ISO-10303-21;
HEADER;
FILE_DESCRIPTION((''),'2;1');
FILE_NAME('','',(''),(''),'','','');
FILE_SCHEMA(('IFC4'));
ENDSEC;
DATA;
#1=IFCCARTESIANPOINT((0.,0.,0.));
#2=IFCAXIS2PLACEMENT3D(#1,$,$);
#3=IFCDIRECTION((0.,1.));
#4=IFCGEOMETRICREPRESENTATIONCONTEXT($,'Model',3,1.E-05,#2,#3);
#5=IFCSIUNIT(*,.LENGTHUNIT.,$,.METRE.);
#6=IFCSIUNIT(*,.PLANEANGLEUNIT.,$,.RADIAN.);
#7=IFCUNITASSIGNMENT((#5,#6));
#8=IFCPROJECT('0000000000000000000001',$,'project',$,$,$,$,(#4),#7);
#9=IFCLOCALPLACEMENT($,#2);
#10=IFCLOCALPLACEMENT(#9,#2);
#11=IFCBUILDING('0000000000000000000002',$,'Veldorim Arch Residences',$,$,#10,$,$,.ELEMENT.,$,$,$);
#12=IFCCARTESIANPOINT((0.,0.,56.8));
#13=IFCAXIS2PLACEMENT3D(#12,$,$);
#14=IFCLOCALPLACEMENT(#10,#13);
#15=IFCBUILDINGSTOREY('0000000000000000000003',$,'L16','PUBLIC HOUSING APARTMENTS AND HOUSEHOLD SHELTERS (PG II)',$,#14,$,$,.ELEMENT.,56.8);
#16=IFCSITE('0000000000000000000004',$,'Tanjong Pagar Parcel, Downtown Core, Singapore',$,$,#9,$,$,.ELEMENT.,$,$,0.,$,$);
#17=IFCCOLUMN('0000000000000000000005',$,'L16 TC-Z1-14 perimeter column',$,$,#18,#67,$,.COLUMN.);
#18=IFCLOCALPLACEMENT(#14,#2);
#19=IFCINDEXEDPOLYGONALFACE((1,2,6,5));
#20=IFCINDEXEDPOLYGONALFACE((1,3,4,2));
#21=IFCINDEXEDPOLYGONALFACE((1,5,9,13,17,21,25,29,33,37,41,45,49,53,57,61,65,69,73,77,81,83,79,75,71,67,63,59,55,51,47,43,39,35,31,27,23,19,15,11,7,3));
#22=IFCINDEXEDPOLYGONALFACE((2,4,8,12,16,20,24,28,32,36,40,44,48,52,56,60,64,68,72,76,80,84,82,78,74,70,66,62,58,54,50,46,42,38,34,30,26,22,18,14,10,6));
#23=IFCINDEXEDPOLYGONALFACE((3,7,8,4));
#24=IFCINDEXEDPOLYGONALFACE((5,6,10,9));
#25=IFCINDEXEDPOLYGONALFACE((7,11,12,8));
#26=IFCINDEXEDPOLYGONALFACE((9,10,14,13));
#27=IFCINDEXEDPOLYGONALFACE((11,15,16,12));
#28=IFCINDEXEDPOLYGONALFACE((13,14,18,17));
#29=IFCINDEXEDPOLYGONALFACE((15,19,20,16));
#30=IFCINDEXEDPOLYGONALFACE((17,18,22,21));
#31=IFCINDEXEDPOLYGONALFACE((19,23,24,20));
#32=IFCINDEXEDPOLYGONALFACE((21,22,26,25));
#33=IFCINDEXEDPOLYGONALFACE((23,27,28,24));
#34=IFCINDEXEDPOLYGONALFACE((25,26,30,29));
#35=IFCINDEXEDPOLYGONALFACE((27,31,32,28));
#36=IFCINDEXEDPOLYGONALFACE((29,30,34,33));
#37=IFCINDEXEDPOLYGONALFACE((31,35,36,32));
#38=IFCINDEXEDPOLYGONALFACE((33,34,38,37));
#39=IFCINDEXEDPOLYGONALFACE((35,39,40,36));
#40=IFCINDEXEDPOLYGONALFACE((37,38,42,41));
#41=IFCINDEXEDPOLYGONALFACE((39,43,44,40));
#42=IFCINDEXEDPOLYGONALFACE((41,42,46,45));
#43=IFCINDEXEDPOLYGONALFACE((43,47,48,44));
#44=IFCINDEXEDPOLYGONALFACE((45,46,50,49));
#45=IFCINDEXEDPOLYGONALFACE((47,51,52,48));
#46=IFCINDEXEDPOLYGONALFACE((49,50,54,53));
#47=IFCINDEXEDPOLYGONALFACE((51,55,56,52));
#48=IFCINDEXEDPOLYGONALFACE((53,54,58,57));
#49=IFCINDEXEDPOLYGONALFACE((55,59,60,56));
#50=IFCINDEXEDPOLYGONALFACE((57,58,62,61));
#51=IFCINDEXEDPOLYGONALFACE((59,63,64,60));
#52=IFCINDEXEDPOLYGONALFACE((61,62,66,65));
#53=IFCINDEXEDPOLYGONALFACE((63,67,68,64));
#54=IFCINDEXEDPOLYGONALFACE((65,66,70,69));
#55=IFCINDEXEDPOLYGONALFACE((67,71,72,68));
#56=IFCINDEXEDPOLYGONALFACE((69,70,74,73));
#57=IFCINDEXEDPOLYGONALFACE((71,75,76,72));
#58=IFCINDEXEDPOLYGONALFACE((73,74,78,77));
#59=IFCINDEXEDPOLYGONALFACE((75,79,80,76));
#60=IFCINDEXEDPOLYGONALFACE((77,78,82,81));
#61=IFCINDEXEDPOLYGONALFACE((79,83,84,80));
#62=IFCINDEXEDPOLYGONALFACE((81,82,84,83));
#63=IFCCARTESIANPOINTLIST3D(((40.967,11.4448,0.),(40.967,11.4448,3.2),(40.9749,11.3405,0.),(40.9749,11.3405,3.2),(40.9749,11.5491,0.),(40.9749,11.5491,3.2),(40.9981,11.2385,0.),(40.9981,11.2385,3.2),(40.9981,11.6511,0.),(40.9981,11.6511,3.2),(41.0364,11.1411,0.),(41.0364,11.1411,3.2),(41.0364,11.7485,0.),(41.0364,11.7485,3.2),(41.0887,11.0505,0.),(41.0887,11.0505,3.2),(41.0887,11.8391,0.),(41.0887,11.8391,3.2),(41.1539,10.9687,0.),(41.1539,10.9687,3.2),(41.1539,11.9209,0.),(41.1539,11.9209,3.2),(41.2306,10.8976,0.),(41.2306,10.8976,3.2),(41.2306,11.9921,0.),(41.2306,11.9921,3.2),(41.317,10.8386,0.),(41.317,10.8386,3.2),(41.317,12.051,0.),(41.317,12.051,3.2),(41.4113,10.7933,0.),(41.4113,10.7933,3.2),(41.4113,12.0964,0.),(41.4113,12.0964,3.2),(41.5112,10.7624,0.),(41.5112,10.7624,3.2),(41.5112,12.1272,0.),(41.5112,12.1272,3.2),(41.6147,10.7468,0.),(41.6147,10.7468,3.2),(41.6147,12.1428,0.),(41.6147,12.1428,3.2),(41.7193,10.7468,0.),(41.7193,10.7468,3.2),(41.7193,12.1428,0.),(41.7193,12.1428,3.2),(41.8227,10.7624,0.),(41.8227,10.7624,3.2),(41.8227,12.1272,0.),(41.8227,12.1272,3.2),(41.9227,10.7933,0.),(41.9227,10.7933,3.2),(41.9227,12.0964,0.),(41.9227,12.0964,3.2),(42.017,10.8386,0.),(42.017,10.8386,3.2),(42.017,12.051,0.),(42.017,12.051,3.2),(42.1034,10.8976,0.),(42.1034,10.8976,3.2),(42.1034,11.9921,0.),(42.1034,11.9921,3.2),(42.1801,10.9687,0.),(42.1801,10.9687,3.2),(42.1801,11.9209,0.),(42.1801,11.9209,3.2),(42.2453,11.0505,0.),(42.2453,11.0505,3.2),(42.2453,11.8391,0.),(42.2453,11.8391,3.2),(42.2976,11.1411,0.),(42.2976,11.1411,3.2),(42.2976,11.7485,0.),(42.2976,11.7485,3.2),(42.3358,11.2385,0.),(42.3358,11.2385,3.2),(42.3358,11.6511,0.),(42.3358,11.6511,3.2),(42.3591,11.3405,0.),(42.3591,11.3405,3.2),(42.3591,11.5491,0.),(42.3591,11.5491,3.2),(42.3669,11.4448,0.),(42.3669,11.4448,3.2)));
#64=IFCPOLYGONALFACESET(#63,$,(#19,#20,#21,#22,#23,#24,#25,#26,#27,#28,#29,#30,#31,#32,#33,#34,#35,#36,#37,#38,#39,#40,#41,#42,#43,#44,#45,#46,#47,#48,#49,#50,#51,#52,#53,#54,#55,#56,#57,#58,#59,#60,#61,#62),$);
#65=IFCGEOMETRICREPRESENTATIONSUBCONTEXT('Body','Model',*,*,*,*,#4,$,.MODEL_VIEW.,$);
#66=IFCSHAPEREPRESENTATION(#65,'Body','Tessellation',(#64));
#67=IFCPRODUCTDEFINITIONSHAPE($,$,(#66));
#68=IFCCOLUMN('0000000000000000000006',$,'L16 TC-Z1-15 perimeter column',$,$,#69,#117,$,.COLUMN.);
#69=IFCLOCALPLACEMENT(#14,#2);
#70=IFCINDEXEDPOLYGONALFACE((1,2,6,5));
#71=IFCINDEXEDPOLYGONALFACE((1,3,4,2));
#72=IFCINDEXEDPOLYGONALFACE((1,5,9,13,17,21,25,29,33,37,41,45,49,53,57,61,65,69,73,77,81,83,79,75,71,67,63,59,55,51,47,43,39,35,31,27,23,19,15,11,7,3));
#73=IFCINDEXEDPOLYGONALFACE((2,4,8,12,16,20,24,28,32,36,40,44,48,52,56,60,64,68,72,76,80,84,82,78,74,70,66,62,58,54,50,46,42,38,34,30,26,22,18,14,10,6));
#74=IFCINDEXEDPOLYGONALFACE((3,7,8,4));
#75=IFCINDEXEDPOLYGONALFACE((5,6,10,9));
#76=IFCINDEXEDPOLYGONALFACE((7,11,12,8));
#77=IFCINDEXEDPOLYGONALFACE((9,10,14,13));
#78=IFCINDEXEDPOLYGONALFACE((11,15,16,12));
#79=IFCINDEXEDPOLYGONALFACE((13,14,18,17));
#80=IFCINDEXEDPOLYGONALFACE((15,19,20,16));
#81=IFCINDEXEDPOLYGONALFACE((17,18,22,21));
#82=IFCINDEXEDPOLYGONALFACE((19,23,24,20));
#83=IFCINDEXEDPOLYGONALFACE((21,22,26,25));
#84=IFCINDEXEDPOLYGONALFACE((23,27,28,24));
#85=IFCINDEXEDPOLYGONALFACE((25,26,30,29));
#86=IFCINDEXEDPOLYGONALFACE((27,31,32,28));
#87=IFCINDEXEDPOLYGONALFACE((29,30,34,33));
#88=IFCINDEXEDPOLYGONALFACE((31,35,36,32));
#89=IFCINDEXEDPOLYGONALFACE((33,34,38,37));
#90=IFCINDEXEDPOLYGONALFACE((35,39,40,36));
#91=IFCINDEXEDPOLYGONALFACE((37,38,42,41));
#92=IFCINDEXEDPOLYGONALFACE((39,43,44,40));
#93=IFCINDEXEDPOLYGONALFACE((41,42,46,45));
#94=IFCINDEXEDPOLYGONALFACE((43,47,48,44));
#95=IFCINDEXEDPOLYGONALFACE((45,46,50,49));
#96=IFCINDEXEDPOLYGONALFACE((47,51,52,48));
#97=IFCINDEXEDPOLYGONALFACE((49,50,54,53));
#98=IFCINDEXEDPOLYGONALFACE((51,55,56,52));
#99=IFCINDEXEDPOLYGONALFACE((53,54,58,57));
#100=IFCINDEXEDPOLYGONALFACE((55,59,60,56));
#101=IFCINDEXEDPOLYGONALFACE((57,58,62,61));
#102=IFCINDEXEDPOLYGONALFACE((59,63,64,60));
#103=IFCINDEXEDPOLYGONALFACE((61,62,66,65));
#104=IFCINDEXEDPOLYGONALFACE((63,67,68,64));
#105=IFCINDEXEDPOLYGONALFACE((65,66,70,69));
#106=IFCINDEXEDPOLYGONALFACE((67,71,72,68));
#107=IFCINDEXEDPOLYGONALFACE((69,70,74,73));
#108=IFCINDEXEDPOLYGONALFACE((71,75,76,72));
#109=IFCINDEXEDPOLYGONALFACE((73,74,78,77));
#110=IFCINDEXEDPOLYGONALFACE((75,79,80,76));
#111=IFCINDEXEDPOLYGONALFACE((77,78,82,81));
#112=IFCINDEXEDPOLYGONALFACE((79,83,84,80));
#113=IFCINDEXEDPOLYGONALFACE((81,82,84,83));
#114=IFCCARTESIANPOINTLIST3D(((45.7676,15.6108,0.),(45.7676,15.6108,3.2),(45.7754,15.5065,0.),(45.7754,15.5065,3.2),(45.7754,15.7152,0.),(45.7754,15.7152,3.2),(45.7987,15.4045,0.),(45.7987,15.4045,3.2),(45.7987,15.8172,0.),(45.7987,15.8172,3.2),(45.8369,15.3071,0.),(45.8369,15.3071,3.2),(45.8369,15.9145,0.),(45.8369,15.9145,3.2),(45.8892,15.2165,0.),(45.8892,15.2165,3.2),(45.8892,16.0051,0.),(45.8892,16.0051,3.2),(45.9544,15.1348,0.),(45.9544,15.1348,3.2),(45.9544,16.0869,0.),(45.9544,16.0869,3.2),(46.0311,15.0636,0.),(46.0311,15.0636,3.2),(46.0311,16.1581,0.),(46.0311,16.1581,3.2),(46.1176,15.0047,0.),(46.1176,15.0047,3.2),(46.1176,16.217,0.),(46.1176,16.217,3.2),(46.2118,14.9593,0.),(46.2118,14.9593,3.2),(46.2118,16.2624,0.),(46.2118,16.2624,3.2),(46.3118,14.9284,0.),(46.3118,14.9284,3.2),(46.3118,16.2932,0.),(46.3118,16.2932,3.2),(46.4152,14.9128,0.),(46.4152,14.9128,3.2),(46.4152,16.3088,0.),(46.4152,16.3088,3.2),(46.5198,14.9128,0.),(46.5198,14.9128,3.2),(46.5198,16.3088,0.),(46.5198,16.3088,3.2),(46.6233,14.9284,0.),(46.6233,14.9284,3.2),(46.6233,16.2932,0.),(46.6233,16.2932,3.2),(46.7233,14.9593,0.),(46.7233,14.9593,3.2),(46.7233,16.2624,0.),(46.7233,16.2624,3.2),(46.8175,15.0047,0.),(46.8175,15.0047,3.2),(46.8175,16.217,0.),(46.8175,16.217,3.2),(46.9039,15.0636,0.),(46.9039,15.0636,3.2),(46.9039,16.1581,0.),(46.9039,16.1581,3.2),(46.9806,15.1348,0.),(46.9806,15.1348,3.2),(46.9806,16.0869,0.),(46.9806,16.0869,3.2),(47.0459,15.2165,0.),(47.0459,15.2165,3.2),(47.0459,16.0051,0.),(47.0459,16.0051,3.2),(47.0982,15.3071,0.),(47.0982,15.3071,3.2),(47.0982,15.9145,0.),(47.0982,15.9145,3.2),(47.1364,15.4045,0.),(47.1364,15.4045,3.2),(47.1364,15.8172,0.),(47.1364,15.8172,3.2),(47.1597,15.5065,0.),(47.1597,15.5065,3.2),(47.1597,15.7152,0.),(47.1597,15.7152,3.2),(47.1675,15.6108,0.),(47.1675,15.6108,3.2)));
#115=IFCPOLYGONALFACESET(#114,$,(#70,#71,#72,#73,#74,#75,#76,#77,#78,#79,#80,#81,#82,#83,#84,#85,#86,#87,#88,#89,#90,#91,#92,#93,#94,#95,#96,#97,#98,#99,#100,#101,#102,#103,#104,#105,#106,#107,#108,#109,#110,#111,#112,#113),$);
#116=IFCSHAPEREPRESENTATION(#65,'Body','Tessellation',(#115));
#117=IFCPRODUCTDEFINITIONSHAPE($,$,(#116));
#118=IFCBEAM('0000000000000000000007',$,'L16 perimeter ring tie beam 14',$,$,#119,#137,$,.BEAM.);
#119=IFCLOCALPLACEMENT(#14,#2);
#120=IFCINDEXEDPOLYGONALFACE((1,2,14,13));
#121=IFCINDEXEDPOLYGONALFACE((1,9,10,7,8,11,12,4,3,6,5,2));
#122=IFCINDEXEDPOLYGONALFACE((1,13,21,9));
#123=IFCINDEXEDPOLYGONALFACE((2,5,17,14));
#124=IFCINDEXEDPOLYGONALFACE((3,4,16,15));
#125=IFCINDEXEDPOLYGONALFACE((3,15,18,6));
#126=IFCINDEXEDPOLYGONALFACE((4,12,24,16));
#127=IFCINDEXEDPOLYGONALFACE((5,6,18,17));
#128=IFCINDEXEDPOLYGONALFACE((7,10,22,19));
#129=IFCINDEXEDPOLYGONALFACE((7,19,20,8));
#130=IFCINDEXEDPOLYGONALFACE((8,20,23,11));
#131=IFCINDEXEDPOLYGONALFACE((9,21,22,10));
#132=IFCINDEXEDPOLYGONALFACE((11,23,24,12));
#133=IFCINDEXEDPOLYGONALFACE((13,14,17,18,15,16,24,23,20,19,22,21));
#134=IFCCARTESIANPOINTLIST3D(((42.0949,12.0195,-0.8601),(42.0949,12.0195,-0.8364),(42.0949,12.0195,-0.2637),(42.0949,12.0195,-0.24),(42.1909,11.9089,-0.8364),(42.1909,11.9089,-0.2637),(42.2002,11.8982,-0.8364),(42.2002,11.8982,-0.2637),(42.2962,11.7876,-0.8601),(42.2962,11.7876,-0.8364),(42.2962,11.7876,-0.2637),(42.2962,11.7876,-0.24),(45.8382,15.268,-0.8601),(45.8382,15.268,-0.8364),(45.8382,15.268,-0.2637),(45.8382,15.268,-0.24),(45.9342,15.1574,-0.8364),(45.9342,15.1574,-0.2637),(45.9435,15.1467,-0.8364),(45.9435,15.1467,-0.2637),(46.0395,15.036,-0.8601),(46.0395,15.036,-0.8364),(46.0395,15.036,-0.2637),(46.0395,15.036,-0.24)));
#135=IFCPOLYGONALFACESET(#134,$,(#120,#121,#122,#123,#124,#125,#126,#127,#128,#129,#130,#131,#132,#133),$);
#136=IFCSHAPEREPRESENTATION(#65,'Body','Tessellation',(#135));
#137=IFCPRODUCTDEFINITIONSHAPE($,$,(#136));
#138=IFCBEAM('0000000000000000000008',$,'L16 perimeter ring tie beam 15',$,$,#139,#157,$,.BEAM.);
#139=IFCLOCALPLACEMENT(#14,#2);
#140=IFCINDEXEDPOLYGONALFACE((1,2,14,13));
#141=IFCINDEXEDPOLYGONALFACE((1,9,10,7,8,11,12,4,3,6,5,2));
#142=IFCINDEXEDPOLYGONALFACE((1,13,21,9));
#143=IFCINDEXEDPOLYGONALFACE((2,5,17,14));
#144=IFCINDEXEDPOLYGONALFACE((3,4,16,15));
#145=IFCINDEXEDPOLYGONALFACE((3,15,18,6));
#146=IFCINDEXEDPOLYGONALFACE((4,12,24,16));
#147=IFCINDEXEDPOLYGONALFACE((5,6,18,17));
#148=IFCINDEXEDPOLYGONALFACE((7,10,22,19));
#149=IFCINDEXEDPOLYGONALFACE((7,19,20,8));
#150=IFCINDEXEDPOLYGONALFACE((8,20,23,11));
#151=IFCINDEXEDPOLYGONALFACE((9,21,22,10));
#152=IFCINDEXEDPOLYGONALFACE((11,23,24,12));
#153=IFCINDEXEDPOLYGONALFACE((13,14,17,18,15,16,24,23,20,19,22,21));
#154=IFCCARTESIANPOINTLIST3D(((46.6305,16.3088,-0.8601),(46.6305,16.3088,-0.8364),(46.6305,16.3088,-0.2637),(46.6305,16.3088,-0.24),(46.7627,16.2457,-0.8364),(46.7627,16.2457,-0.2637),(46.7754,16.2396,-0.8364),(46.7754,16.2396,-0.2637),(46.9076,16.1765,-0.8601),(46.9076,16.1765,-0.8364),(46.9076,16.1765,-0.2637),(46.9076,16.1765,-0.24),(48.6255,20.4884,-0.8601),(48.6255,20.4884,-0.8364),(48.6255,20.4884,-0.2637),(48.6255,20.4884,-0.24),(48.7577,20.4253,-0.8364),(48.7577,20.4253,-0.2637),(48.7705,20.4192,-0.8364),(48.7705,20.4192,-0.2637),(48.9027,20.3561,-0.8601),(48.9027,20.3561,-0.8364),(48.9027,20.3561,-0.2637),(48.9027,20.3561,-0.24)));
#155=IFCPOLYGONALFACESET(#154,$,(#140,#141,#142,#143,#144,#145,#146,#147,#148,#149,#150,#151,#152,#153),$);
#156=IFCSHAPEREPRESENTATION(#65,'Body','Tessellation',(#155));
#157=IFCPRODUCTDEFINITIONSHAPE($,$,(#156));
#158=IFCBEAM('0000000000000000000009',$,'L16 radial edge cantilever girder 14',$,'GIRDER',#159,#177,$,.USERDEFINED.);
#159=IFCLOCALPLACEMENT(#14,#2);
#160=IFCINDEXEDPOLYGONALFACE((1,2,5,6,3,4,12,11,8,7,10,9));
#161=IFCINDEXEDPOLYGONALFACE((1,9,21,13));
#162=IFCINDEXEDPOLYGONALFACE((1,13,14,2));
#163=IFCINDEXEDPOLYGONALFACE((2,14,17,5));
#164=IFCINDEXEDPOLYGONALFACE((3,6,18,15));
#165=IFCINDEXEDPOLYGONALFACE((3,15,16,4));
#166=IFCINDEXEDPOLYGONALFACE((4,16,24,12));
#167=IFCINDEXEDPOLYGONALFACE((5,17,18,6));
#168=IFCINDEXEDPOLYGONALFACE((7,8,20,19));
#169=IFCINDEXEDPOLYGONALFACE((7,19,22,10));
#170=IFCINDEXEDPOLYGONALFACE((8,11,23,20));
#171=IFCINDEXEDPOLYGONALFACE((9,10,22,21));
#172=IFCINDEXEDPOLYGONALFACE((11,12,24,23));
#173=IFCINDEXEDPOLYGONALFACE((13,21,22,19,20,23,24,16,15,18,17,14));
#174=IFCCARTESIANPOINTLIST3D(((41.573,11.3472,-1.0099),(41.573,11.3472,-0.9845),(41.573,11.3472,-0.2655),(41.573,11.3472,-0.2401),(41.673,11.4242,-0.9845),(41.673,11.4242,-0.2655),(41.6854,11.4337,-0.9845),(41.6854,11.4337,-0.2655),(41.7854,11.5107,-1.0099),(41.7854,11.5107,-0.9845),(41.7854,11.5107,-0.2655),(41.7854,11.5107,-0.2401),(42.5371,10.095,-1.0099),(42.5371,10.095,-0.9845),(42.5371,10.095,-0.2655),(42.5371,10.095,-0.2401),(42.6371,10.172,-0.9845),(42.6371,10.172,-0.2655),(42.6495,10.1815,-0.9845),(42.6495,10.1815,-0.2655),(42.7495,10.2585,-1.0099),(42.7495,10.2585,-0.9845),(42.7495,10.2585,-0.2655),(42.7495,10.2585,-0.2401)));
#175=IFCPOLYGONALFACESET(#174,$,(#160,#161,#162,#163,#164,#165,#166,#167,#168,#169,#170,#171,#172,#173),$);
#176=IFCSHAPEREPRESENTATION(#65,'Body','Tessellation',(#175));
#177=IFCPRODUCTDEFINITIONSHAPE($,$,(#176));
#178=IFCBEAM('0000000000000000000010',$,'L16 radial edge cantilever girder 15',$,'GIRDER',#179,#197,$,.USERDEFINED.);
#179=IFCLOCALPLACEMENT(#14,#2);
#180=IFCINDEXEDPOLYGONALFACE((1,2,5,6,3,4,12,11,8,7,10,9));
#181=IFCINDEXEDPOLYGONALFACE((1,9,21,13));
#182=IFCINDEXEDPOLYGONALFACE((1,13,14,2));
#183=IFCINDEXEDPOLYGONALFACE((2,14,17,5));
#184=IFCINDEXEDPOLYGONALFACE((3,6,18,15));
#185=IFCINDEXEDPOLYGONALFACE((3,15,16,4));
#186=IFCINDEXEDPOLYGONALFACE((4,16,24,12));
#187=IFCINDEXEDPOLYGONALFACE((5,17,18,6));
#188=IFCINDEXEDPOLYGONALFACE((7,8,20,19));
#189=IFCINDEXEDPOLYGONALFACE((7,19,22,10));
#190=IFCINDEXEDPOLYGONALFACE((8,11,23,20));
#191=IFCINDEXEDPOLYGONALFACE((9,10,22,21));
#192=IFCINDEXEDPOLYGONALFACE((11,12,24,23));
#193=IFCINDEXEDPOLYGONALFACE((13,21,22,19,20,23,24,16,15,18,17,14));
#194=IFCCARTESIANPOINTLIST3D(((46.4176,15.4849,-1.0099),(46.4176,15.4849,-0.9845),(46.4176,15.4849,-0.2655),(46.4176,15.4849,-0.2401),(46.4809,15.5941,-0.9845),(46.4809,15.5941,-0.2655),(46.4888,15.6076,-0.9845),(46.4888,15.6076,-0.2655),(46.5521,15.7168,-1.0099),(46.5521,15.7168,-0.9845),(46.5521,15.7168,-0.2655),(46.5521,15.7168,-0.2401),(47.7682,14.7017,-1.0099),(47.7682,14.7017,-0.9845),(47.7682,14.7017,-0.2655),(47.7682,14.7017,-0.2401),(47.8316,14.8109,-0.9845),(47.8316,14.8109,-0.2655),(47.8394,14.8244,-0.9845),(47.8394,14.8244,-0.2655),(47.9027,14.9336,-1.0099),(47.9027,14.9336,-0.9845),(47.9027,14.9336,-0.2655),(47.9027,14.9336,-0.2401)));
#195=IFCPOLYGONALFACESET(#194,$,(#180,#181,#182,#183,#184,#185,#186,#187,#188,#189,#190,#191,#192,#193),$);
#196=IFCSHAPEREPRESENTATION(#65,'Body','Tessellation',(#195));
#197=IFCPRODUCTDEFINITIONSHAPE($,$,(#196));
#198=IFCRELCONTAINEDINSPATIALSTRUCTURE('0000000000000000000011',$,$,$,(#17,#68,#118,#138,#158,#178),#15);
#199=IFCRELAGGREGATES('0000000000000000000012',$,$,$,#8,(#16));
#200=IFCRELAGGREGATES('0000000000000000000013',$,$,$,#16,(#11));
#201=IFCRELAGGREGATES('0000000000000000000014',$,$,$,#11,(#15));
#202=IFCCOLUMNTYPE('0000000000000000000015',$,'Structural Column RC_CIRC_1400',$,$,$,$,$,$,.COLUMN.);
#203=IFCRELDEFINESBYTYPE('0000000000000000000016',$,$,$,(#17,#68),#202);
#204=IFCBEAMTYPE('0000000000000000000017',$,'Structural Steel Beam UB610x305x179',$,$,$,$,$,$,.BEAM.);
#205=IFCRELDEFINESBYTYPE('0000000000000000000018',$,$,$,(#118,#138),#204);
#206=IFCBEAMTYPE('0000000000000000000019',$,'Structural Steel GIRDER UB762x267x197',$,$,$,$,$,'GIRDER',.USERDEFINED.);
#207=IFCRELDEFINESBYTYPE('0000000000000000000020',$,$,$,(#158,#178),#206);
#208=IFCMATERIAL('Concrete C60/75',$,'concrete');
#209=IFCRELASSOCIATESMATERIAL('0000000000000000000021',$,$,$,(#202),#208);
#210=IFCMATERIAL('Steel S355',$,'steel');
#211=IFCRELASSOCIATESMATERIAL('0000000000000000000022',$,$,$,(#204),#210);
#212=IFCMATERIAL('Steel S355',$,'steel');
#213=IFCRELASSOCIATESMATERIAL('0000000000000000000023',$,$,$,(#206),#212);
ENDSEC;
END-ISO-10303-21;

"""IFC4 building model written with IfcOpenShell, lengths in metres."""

from ifc_helpers import new_model, si_unit, direction, frame, origin, origin_2d, place, context, subcontext, project, spatial, circle, i_section, extrude, material, material_profile, profile_set, type_object, element, save


model = new_model("IFC4")

# Units and contexts
model_context = context("Model", 3, precision=1e-05, world=origin(), true_north=direction((0.0, 1.0)))
body_context = subcontext(model_context, "Body", "Model", "MODEL_VIEW")
ifc_project = project(units=[si_unit("LENGTHUNIT", "METRE"), si_unit("PLANEANGLEUNIT", "RADIAN")], contexts=[model_context])

# Site, building, storey
site_placement = place(None, origin())
site = spatial("IfcSite", under=ifc_project, at=site_placement, Name="Tanjong Pagar Parcel, Downtown Core, Singapore", CompositionType="ELEMENT", RefElevation=0.0)
building_placement = place(site_placement, origin())
building = spatial("IfcBuilding", under=site, at=building_placement, Name="Veldorim Arch Residences", CompositionType="ELEMENT")
storey_placement = place(building_placement, frame((0.0, 0.0, 56.8)))
storey = spatial("IfcBuildingStorey", under=building, at=storey_placement, Name="L16", Description="PUBLIC HOUSING APARTMENTS AND HOUSEHOLD SHELTERS (PG II)", CompositionType="ELEMENT", Elevation=56.8)

# Columns
ifc_material_1 = material(Name="Concrete C60/75", Category="concrete")
ifc_material_profile_1 = material_profile(ifc_material_1, circle(Radius=0.7, at=origin_2d()), Name="RC_CIRC_1400")
ifc_profile_set_1 = profile_set([ifc_material_profile_1], Name="Concrete C60/75")
column_type = type_object("IfcColumnType", Name="Structural Column RC_CIRC_1400", PredefinedType="COLUMN", material=ifc_profile_set_1)
for number, where, z_axis, x_axis, name in (
    (1, (41.667, 11.4448, 0.0), (0.0, 0.0, 1.0), (1.0, 0.0, 0.0), "L16 TC-Z1-14 perimeter column"),
    (2, (46.4675, 15.6108, 0.0), (0.0, 0.0, 1.0), (1.0, 0.0, 0.0), "L16 TC-Z1-15 perimeter column"),
):
    element("IfcColumn", number, at=place(storey_placement, frame(where, z_axis=z_axis, x_axis=x_axis)), inside=storey, type_object=column_type, Name=name, PredefinedType="COLUMN", context=body_context, shape_type="SweptSolid", body=[
        extrude(circle(Radius=0.7, at=origin_2d()), origin(), (0.0, 0.0, 1.0), 3.2),
    ])

# Beams
ifc_material_2 = material(Name="Steel S355", Category="steel")
ifc_material_profile_2 = material_profile(ifc_material_2, i_section(OverallWidth=0.3071, OverallDepth=0.6201, WebThickness=0.0142, FlangeThickness=0.0237, at=origin_2d()), Name="UB610x305x179")
ifc_profile_set_2 = profile_set([ifc_material_profile_2], Name="Steel S355")
beam_type_1 = type_object("IfcBeamType", Name="Structural Steel Beam UB610x305x179", PredefinedType="BEAM", material=ifc_profile_set_2)
beam_1_placement = place(storey_placement, frame((42.1956, 11.9036, -0.55), z_axis=(0.755265, 0.65542, 0.0), x_axis=(-0.65542, 0.755265, 0.0)))
element("IfcBeam", 3, at=beam_1_placement, inside=storey, type_object=beam_type_1, Name="L16 perimeter ring tie beam 14", PredefinedType="BEAM", context=body_context, shape_type="SweptSolid", body=[
    extrude(i_section(OverallWidth=0.3071, OverallDepth=0.6201, WebThickness=0.0142, FlangeThickness=0.0237, at=origin_2d()), origin(), (0.0, 0.0, 1.0), 4.9563),
])
beam_2_placement = place(storey_placement, frame((46.769, 16.2427, -0.55), z_axis=(0.430776, 0.902459, 0.0), x_axis=(-0.902459, 0.430776, 0.0)))
element("IfcBeam", 4, at=beam_2_placement, inside=storey, type_object=beam_type_1, Name="L16 perimeter ring tie beam 15", PredefinedType="BEAM", context=body_context, shape_type="SweptSolid", body=[
    extrude(i_section(OverallWidth=0.3071, OverallDepth=0.6201, WebThickness=0.0142, FlangeThickness=0.0237, at=origin_2d()), origin(), (0.0, 0.0, 1.0), 4.6313),
])
ifc_material_3 = material(Name="Steel S355", Category="steel")
ifc_material_profile_3 = material_profile(ifc_material_3, i_section(OverallWidth=0.2681, OverallDepth=0.7698, WebThickness=0.0156, FlangeThickness=0.0254, at=origin_2d()), Name="UB762x267x197")
ifc_profile_set_3 = profile_set([ifc_material_profile_3], Name="Steel S355")
beam_type_2 = type_object("IfcBeamType", Name="Structural Steel GIRDER UB762x267x197", ElementType="GIRDER", PredefinedType="USERDEFINED", material=ifc_profile_set_3)
beam_3_placement = place(storey_placement, frame((41.6792, 11.429, -0.625), z_axis=(0.610062, -0.792354, 0.0), x_axis=(0.792354, 0.610062, 0.0)))
element("IfcBeam", 5, at=beam_3_placement, inside=storey, type_object=beam_type_2, Name="L16 radial edge cantilever girder 14", ObjectType="GIRDER", PredefinedType="USERDEFINED", context=body_context, shape_type="SweptSolid", body=[
    extrude(i_section(OverallWidth=0.2681, OverallDepth=0.7698, WebThickness=0.0156, FlangeThickness=0.0254, at=origin_2d()), origin(), (0.0, 0.0, 1.0), 1.5803),
])
beam_4_placement = place(storey_placement, frame((46.4849, 15.6008, -0.625), z_axis=(0.865069, -0.501653, 0.0), x_axis=(0.501653, 0.865069, 0.0)))
element("IfcBeam", 6, at=beam_4_placement, inside=storey, type_object=beam_type_2, Name="L16 radial edge cantilever girder 15", ObjectType="GIRDER", PredefinedType="USERDEFINED", context=body_context, shape_type="SweptSolid", body=[
    extrude(i_section(OverallWidth=0.2681, OverallDepth=0.7698, WebThickness=0.0156, FlangeThickness=0.0254, at=origin_2d()), origin(), (0.0, 0.0, 1.0), 1.5613),
])

save(model, "model.ifc")
